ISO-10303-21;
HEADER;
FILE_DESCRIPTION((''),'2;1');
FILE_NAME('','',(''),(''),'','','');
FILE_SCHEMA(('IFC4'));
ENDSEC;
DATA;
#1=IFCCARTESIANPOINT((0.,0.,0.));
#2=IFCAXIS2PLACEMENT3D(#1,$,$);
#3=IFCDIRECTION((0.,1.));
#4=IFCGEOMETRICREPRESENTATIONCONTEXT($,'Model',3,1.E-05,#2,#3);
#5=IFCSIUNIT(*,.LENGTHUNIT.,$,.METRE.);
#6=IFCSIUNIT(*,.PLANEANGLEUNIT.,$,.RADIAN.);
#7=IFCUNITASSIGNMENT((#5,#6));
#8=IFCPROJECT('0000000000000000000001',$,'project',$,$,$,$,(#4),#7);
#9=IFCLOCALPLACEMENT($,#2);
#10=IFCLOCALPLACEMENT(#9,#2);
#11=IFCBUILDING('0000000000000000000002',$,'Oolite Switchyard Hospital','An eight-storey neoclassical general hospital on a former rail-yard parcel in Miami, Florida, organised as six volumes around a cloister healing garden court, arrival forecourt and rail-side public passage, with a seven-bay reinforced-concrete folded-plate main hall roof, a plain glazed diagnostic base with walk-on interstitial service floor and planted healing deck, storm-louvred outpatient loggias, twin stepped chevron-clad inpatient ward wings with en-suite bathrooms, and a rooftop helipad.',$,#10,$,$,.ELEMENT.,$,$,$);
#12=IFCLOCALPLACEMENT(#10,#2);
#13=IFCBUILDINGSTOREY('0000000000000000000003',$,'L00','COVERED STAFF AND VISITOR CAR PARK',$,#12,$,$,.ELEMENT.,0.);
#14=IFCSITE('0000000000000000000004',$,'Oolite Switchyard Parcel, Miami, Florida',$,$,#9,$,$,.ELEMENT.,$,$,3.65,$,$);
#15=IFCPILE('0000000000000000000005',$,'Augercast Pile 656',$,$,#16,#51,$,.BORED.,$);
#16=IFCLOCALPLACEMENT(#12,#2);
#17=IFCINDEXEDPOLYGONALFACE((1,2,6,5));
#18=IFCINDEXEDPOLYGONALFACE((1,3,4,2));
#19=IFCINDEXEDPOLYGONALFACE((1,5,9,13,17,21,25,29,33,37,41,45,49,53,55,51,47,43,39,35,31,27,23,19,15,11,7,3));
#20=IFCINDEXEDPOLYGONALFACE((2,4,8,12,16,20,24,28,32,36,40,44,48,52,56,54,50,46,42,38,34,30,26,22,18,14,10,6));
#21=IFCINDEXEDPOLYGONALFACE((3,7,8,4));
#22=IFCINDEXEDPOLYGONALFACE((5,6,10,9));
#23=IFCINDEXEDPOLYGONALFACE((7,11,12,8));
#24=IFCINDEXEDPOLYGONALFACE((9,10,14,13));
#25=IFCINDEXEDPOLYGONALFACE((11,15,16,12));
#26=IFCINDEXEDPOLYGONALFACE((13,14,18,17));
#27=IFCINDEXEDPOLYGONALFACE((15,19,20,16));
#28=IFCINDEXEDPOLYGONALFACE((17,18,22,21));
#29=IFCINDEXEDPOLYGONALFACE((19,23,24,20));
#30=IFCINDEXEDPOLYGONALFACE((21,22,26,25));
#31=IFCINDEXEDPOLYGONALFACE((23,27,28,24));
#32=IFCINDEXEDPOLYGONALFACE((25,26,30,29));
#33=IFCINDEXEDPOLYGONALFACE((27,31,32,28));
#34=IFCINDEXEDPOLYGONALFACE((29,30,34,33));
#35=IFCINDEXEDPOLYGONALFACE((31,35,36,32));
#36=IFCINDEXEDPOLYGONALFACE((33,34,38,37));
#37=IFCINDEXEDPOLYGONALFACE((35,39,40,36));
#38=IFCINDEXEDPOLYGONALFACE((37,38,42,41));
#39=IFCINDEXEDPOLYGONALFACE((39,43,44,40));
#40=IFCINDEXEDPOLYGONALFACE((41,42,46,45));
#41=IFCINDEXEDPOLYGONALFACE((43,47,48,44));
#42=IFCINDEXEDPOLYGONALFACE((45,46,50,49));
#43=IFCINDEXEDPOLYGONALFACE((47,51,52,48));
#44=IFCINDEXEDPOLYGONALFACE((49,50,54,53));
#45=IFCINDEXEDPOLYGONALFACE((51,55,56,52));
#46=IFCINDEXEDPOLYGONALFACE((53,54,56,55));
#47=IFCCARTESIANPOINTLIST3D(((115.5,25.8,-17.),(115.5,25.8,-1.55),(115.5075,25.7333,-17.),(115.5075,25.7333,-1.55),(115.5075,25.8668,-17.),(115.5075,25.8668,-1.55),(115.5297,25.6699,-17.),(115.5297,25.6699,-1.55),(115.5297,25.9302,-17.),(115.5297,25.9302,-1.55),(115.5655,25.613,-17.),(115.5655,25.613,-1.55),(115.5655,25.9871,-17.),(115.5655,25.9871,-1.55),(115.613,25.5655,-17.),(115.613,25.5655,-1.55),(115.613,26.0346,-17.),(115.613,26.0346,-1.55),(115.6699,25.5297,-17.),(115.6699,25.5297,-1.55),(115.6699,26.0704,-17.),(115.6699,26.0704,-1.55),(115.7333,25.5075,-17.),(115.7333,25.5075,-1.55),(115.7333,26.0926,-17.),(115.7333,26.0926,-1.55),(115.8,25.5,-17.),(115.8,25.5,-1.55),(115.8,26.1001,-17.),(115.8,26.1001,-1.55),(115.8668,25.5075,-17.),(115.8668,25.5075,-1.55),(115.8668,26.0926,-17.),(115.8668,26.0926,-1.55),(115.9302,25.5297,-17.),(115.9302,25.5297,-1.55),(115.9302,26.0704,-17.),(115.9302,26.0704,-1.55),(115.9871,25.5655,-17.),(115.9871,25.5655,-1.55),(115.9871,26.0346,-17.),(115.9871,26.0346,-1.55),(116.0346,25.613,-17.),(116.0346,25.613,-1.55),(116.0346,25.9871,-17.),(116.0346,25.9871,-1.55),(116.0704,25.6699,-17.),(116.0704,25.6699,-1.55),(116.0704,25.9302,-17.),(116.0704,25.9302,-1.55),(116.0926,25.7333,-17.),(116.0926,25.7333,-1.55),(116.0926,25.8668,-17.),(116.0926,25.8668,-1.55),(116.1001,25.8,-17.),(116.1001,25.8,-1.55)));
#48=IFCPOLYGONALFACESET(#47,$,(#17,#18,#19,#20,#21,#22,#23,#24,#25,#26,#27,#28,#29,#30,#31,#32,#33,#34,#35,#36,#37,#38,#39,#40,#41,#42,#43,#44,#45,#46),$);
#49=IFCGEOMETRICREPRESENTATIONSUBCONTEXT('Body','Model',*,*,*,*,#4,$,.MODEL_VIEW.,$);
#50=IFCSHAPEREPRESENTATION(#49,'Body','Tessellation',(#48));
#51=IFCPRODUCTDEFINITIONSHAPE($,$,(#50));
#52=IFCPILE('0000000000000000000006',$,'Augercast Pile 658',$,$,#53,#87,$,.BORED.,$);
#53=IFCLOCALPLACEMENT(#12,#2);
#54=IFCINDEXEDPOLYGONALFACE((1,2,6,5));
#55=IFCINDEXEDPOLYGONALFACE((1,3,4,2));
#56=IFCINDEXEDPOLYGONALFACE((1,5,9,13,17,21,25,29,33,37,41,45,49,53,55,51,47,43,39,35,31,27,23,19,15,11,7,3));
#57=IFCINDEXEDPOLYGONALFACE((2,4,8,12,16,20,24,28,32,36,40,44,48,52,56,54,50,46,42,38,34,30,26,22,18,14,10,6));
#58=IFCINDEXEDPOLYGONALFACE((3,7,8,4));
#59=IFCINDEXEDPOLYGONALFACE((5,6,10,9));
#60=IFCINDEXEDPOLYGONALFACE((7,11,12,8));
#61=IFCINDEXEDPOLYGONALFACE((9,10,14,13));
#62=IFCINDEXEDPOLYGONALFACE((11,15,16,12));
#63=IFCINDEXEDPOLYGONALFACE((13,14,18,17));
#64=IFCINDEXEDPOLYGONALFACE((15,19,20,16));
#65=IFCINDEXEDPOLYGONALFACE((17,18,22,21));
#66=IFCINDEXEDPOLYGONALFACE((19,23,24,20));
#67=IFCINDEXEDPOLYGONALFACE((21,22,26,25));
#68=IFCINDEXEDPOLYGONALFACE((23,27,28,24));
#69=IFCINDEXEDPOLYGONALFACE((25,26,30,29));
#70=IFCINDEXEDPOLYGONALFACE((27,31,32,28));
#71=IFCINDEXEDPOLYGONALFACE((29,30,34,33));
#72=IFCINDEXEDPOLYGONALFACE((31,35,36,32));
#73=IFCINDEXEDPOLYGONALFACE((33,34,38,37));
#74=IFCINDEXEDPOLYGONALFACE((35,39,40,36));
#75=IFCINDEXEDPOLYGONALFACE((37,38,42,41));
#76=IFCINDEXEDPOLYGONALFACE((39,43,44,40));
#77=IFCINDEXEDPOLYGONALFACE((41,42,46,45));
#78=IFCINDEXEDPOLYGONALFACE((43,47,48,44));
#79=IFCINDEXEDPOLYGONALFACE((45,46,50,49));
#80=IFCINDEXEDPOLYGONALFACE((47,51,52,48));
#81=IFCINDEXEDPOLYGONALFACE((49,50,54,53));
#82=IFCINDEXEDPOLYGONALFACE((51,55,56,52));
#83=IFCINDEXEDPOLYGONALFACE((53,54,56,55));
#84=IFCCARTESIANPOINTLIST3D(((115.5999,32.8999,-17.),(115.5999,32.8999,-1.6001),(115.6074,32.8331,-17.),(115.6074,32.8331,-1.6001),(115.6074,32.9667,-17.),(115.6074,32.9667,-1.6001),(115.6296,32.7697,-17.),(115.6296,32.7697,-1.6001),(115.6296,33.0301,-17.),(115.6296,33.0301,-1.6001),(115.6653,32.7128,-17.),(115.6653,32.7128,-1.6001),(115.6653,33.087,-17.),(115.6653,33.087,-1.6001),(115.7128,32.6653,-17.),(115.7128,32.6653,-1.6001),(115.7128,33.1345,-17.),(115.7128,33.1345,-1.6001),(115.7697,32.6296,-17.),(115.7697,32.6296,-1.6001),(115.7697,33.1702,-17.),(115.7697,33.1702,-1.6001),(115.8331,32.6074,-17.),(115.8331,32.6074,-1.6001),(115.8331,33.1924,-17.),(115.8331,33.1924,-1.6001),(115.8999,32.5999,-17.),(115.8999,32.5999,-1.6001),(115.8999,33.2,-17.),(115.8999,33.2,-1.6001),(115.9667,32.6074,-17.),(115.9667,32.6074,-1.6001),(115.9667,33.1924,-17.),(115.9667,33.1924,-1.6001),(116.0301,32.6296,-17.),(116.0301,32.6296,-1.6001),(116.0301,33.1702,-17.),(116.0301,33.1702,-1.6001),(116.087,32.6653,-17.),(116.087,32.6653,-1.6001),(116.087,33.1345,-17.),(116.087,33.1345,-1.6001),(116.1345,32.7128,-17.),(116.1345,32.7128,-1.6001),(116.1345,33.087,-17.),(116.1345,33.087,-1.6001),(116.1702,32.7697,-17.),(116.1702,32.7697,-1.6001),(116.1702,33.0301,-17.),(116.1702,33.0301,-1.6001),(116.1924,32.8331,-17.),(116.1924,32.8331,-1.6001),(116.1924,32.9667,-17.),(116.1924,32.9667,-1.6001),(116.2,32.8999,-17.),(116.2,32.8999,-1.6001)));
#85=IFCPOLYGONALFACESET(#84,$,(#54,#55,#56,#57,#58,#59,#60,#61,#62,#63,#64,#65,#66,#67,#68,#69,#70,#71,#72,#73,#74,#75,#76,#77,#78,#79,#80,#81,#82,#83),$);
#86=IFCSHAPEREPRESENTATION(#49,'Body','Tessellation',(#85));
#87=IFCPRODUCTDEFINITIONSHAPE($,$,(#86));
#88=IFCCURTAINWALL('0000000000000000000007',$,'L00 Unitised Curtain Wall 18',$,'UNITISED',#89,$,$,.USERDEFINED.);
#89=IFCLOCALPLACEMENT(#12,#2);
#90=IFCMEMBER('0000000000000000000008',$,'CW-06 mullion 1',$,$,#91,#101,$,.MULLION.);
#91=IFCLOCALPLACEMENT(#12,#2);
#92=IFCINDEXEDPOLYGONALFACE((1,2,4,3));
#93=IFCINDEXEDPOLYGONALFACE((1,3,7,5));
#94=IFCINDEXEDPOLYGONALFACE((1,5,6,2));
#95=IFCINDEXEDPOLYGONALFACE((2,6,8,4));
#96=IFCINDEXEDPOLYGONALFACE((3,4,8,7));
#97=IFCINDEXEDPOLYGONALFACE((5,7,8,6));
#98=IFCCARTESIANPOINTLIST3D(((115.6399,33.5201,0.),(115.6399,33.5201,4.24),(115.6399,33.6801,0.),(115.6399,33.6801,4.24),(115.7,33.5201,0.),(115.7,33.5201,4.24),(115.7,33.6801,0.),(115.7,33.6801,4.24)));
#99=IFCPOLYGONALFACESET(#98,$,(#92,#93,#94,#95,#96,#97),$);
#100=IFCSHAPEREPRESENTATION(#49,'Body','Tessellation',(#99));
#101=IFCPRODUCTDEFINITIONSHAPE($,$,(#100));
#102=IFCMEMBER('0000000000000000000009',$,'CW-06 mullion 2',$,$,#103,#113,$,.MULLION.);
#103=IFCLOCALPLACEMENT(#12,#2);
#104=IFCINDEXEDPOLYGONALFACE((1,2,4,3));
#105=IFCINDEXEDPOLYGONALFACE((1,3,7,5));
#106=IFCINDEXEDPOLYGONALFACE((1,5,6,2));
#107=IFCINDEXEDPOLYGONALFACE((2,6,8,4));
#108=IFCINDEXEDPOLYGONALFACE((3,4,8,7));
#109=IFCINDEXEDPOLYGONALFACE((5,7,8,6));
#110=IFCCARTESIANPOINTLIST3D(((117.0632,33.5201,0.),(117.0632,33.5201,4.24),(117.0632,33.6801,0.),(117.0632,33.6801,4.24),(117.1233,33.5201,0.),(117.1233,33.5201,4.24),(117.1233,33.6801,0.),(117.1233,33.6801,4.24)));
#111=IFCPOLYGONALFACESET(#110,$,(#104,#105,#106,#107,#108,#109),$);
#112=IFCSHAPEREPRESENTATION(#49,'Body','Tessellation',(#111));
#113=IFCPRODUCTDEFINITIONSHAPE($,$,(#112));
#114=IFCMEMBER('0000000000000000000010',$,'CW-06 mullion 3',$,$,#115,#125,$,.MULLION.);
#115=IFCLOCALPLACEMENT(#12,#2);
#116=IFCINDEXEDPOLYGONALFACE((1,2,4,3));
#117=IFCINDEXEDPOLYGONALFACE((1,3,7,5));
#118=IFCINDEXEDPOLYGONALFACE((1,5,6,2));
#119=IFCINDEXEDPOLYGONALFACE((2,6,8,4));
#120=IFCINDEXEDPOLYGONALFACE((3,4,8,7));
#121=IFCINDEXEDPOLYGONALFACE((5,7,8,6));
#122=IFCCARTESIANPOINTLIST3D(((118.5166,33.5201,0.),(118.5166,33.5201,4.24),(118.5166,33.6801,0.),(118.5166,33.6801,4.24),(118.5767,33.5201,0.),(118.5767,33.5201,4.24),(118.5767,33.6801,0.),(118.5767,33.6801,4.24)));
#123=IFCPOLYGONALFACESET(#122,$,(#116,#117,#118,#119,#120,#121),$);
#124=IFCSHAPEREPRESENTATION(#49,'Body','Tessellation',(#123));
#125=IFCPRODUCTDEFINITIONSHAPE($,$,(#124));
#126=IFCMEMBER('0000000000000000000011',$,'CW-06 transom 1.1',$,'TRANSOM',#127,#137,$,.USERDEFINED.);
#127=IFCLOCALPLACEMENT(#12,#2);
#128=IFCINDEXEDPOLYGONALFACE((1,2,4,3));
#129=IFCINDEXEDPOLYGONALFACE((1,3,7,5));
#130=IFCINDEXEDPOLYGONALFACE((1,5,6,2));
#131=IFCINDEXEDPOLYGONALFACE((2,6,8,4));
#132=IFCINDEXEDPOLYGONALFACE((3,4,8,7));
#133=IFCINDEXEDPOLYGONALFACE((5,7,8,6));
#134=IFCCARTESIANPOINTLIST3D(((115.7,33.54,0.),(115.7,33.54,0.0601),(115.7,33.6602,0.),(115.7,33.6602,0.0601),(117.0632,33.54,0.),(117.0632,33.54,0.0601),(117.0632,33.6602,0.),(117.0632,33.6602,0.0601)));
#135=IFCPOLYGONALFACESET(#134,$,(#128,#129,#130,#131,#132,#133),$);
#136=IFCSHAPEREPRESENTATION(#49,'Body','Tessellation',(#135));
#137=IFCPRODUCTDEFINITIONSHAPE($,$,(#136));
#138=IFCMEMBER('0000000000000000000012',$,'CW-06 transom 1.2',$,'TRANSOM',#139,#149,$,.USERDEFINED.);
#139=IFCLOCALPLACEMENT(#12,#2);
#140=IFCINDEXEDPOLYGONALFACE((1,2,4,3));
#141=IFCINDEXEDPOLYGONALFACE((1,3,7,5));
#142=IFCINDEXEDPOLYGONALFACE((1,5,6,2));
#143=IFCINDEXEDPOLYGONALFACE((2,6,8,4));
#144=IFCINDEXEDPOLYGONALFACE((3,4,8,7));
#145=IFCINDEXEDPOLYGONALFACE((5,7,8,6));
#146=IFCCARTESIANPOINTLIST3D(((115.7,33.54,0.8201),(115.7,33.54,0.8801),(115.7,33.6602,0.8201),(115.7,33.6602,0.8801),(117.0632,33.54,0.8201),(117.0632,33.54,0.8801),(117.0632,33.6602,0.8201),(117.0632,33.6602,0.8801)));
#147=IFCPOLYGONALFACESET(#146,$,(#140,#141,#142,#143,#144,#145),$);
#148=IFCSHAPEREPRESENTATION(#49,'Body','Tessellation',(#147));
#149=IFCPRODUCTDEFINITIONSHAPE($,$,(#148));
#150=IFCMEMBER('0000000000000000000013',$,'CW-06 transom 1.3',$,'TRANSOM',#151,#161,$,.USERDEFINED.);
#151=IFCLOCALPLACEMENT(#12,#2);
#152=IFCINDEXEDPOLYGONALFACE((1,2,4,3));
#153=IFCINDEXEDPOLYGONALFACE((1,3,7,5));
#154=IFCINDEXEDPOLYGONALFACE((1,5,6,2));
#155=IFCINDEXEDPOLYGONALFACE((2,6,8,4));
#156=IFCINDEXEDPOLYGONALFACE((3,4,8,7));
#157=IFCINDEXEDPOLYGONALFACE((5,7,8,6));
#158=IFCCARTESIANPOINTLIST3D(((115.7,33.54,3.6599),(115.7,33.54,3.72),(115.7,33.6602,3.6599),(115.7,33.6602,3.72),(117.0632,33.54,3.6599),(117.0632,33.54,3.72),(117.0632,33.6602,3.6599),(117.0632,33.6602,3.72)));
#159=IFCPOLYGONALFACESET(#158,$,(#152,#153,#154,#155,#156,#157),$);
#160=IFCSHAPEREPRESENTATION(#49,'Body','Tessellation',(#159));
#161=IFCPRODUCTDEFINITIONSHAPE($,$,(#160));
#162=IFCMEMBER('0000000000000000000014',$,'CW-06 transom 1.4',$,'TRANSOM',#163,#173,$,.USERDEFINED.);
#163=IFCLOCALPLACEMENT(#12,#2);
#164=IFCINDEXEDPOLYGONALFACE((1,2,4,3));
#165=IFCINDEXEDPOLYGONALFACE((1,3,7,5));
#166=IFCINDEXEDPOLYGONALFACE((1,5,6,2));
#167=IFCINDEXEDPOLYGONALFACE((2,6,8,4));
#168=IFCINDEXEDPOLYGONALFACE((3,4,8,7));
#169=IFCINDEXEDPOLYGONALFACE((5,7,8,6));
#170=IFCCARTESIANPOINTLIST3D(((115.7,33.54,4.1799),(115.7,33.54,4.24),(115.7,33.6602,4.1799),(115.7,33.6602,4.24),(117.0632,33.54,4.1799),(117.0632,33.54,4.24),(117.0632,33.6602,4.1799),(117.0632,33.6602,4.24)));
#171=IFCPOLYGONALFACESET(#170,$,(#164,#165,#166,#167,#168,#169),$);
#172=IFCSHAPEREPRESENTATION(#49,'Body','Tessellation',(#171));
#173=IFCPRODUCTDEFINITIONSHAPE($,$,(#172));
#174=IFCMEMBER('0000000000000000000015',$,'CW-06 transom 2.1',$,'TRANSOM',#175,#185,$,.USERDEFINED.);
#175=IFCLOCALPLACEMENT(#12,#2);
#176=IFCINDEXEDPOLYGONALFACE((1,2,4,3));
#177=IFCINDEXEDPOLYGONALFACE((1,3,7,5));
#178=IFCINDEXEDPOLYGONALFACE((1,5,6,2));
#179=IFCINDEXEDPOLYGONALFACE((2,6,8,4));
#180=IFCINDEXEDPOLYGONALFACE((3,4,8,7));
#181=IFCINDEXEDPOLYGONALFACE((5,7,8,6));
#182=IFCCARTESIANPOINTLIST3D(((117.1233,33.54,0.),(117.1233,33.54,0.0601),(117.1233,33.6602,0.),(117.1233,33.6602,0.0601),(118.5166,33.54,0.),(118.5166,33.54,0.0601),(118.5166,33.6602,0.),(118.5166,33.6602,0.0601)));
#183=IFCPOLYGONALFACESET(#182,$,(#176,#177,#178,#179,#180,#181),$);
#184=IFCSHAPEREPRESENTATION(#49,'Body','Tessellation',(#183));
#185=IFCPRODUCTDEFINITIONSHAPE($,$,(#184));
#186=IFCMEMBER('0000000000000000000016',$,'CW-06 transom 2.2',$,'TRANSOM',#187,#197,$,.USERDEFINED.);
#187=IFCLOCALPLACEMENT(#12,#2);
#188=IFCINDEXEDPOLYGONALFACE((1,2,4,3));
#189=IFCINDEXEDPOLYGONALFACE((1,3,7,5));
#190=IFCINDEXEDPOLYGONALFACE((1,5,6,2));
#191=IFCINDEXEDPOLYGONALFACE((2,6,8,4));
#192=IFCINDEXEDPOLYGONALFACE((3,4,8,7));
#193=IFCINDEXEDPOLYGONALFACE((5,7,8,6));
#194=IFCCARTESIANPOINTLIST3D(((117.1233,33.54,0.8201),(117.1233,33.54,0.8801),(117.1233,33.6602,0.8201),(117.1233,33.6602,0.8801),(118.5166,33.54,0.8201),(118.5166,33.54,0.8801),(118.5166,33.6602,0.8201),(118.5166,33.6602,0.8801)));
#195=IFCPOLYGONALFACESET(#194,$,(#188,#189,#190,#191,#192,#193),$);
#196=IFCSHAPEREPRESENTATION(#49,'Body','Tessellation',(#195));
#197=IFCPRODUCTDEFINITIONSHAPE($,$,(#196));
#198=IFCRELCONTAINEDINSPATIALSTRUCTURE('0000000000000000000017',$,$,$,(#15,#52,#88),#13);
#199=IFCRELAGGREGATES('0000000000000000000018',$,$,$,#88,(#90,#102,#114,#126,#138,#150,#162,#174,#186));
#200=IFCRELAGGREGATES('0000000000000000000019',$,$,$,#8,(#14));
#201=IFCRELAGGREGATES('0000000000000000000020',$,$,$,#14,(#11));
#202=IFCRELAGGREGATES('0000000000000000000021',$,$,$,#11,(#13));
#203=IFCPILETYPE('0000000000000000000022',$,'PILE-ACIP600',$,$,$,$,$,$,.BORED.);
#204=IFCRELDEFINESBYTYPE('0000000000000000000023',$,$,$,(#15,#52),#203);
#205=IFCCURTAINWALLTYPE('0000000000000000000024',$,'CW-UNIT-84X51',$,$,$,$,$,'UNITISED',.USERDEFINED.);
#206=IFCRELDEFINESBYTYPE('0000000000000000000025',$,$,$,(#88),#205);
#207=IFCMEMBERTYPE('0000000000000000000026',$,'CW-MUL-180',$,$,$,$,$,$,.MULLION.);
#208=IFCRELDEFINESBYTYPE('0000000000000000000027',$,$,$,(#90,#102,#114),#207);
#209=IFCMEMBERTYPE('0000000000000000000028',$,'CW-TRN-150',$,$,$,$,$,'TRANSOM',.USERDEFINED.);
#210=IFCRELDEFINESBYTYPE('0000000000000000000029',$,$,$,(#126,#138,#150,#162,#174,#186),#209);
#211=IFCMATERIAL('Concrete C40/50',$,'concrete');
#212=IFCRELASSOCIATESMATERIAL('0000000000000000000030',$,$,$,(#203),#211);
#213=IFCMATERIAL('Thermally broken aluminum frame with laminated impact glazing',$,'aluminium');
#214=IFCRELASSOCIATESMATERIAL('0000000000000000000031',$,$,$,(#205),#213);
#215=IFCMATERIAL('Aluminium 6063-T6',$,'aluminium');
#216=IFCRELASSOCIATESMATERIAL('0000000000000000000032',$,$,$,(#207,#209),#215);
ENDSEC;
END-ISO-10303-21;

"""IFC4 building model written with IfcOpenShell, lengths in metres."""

from ifc_helpers import new_model, si_unit, direction, frame, origin, origin_2d, place, context, subcontext, project, spatial, rectangle, circle, extrude, material, material_profile, profile_set, type_object, element, aggregate, save


model = new_model("IFC4")

# Units and contexts
model_context = context("Model", 3, precision=1e-05, world=origin(), true_north=direction((0.0, 1.0)))
body_context = subcontext(model_context, "Body", "Model", "MODEL_VIEW")
ifc_project = project(units=[si_unit("LENGTHUNIT", "METRE"), si_unit("PLANEANGLEUNIT", "RADIAN")], contexts=[model_context])

# Site, building, storey
site_placement = place(None, origin())
site = spatial("IfcSite", under=ifc_project, at=site_placement, Name="Oolite Switchyard Parcel, Miami, Florida", CompositionType="ELEMENT", RefElevation=3.65)
building_placement = place(site_placement, origin())
building = spatial("IfcBuilding", under=site, at=building_placement, Name="Oolite Switchyard Hospital", Description="An eight-storey neoclassical general hospital on a former rail-yard parcel in Miami, Florida, organised as six volumes around a cloister healing garden court, arrival forecourt and rail-side public passage, with a seven-bay reinforced-concrete folded-plate main hall roof, a plain glazed diagnostic base with walk-on interstitial service floor and planted healing deck, storm-louvred outpatient loggias, twin stepped chevron-clad inpatient ward wings with en-suite bathrooms, and a rooftop helipad.", CompositionType="ELEMENT")
storey_placement = place(building_placement, origin())
storey = spatial("IfcBuildingStorey", under=building, at=storey_placement, Name="L00", Description="COVERED STAFF AND VISITOR CAR PARK", CompositionType="ELEMENT", Elevation=0.0)

# Piles
ifc_material_1 = material(Name="Concrete C40/50", Category="concrete")
ifc_material_profile_1 = material_profile(ifc_material_1, circle(Radius=0.3, at=origin_2d()), Name="PILE600")
ifc_profile_set_1 = profile_set([ifc_material_profile_1], Name="Concrete C40/50")
pile_type = type_object("IfcPileType", Name="PILE-ACIP600", PredefinedType="BORED", material=ifc_profile_set_1)
pile_1_placement = place(storey_placement, frame((115.8, 25.8, -1.55), z_axis=(0.0, 0.0, -1.0), x_axis=(1.0, 0.0, 0.0)))
element("IfcPile", 1, at=pile_1_placement, inside=storey, type_object=pile_type, Name="Augercast Pile 656", PredefinedType="BORED", context=body_context, shape_type="SweptSolid", body=[
    extrude(circle(Radius=0.3, at=origin_2d()), origin(), (0.0, 0.0, 1.0), 15.45),
])
pile_2_placement = place(storey_placement, frame((115.8999, 32.8999, -1.6001), z_axis=(0.0, 0.0, -1.0), x_axis=(1.0, 0.0, 0.0)))
element("IfcPile", 2, at=pile_2_placement, inside=storey, type_object=pile_type, Name="Augercast Pile 658", PredefinedType="BORED", context=body_context, shape_type="SweptSolid", body=[
    extrude(circle(Radius=0.3, at=origin_2d()), origin(), (0.0, 0.0, 1.0), 15.3999),
])

# Curtain wall, members
ifc_material_2 = material(Name="Thermally broken aluminum frame with laminated impact glazing", Category="aluminium")
curtain_wall_type = type_object("IfcCurtainWallType", Name="CW-UNIT-84X51", ElementType="UNITISED", PredefinedType="USERDEFINED", material=ifc_material_2)
curtain_wall_placement = place(storey_placement, origin())
curtain_wall = element("IfcCurtainWall", 3, at=curtain_wall_placement, inside=storey, type_object=curtain_wall_type, Name="L00 Unitised Curtain Wall 18", ObjectType="UNITISED", PredefinedType="USERDEFINED")
ifc_material_3 = material(Name="Aluminium 6063-T6", Category="aluminium")
ifc_material_profile_2 = material_profile(ifc_material_3, rectangle(XDim=0.1599, YDim=0.0601, at=origin_2d()), Name="CWM60X160")
ifc_profile_set_2 = profile_set([ifc_material_profile_2], Name="Aluminium 6063-T6")
member_type_1 = type_object("IfcMemberType", Name="CW-MUL-180", PredefinedType="MULLION", material=ifc_profile_set_2)
member_1_placement = place(storey_placement, frame((115.6699, 33.6001, 0.0), z_axis=(0.0, 0.0, 1.0), x_axis=(0.0, 1.0, 0.0)))
member_1 = element("IfcMember", 4, at=member_1_placement, type_object=member_type_1, Name="CW-06 mullion 1", PredefinedType="MULLION", context=body_context, shape_type="SweptSolid", body=[
    extrude(rectangle(XDim=0.1599, YDim=0.0601, at=origin_2d()), origin(), (0.0, 0.0, 1.0), 4.24),
])
member_2_placement = place(storey_placement, frame((117.0933, 33.6001, 0.0), z_axis=(0.0, 0.0, 1.0), x_axis=(0.0, 1.0, 0.0)))
member_2 = element("IfcMember", 5, at=member_2_placement, type_object=member_type_1, Name="CW-06 mullion 2", PredefinedType="MULLION", context=body_context, shape_type="SweptSolid", body=[
    extrude(rectangle(XDim=0.1599, YDim=0.0601, at=origin_2d()), origin(), (0.0, 0.0, 1.0), 4.24),
])
member_3_placement = place(storey_placement, frame((118.5466, 33.6001, 0.0), z_axis=(0.0, 0.0, 1.0), x_axis=(0.0, 1.0, 0.0)))
member_3 = element("IfcMember", 6, at=member_3_placement, type_object=member_type_1, Name="CW-06 mullion 3", PredefinedType="MULLION", context=body_context, shape_type="SweptSolid", body=[
    extrude(rectangle(XDim=0.1599, YDim=0.0601, at=origin_2d()), origin(), (0.0, 0.0, 1.0), 4.24),
])
ifc_material_profile_3 = material_profile(ifc_material_3, rectangle(XDim=0.1201, YDim=0.0601, at=origin_2d()), Name="CWT60X120")
ifc_profile_set_3 = profile_set([ifc_material_profile_3], Name="Aluminium 6063-T6")
member_type_2 = type_object("IfcMemberType", Name="CW-TRN-150", ElementType="TRANSOM", PredefinedType="USERDEFINED", material=ifc_profile_set_3)
member_4_placement = place(storey_placement, frame((115.7, 33.6001, 0.03), z_axis=(1.0, 0.0, 0.0), x_axis=(0.0, 1.0, 0.0)))
member_4 = element("IfcMember", 7, at=member_4_placement, type_object=member_type_2, Name="CW-06 transom 1.1", ObjectType="TRANSOM", PredefinedType="USERDEFINED", context=body_context, shape_type="SweptSolid", body=[
    extrude(rectangle(XDim=0.1201, YDim=0.0601, at=origin_2d()), origin(), (0.0, 0.0, 1.0), 1.3633),
])
member_5_placement = place(storey_placement, frame((115.7, 33.6001, 0.8501), z_axis=(1.0, 0.0, 0.0), x_axis=(0.0, 1.0, 0.0)))
member_5 = element("IfcMember", 8, at=member_5_placement, type_object=member_type_2, Name="CW-06 transom 1.2", ObjectType="TRANSOM", PredefinedType="USERDEFINED", context=body_context, shape_type="SweptSolid", body=[
    extrude(rectangle(XDim=0.1201, YDim=0.0601, at=origin_2d()), origin(), (0.0, 0.0, 1.0), 1.3633),
])
member_6_placement = place(storey_placement, frame((115.7, 33.6001, 3.6899), z_axis=(1.0, 0.0, 0.0), x_axis=(0.0, 1.0, 0.0)))
member_6 = element("IfcMember", 9, at=member_6_placement, type_object=member_type_2, Name="CW-06 transom 1.3", ObjectType="TRANSOM", PredefinedType="USERDEFINED", context=body_context, shape_type="SweptSolid", body=[
    extrude(rectangle(XDim=0.1201, YDim=0.0601, at=origin_2d()), origin(), (0.0, 0.0, 1.0), 1.3633),
])
member_7_placement = place(storey_placement, frame((115.7, 33.6001, 4.21), z_axis=(1.0, 0.0, 0.0), x_axis=(0.0, 1.0, 0.0)))
member_7 = element("IfcMember", 10, at=member_7_placement, type_object=member_type_2, Name="CW-06 transom 1.4", ObjectType="TRANSOM", PredefinedType="USERDEFINED", context=body_context, shape_type="SweptSolid", body=[
    extrude(rectangle(XDim=0.1201, YDim=0.0601, at=origin_2d()), origin(), (0.0, 0.0, 1.0), 1.3633),
])
member_8_placement = place(storey_placement, frame((117.1233, 33.6001, 0.03), z_axis=(1.0, 0.0, 0.0), x_axis=(0.0, 1.0, 0.0)))
member_8 = element("IfcMember", 11, at=member_8_placement, type_object=member_type_2, Name="CW-06 transom 2.1", ObjectType="TRANSOM", PredefinedType="USERDEFINED", context=body_context, shape_type="SweptSolid", body=[
    extrude(rectangle(XDim=0.1201, YDim=0.0601, at=origin_2d()), origin(), (0.0, 0.0, 1.0), 1.3933),
])
member_9_placement = place(storey_placement, frame((117.1233, 33.6001, 0.8501), z_axis=(1.0, 0.0, 0.0), x_axis=(0.0, 1.0, 0.0)))
member_9 = element("IfcMember", 12, at=member_9_placement, type_object=member_type_2, Name="CW-06 transom 2.2", ObjectType="TRANSOM", PredefinedType="USERDEFINED", context=body_context, shape_type="SweptSolid", body=[
    extrude(rectangle(XDim=0.1201, YDim=0.0601, at=origin_2d()), origin(), (0.0, 0.0, 1.0), 1.3933),
])
aggregate(curtain_wall, [member_1, member_2, member_3, member_4, member_5, member_6, member_7, member_8, member_9])

save(model, "model.ifc")
